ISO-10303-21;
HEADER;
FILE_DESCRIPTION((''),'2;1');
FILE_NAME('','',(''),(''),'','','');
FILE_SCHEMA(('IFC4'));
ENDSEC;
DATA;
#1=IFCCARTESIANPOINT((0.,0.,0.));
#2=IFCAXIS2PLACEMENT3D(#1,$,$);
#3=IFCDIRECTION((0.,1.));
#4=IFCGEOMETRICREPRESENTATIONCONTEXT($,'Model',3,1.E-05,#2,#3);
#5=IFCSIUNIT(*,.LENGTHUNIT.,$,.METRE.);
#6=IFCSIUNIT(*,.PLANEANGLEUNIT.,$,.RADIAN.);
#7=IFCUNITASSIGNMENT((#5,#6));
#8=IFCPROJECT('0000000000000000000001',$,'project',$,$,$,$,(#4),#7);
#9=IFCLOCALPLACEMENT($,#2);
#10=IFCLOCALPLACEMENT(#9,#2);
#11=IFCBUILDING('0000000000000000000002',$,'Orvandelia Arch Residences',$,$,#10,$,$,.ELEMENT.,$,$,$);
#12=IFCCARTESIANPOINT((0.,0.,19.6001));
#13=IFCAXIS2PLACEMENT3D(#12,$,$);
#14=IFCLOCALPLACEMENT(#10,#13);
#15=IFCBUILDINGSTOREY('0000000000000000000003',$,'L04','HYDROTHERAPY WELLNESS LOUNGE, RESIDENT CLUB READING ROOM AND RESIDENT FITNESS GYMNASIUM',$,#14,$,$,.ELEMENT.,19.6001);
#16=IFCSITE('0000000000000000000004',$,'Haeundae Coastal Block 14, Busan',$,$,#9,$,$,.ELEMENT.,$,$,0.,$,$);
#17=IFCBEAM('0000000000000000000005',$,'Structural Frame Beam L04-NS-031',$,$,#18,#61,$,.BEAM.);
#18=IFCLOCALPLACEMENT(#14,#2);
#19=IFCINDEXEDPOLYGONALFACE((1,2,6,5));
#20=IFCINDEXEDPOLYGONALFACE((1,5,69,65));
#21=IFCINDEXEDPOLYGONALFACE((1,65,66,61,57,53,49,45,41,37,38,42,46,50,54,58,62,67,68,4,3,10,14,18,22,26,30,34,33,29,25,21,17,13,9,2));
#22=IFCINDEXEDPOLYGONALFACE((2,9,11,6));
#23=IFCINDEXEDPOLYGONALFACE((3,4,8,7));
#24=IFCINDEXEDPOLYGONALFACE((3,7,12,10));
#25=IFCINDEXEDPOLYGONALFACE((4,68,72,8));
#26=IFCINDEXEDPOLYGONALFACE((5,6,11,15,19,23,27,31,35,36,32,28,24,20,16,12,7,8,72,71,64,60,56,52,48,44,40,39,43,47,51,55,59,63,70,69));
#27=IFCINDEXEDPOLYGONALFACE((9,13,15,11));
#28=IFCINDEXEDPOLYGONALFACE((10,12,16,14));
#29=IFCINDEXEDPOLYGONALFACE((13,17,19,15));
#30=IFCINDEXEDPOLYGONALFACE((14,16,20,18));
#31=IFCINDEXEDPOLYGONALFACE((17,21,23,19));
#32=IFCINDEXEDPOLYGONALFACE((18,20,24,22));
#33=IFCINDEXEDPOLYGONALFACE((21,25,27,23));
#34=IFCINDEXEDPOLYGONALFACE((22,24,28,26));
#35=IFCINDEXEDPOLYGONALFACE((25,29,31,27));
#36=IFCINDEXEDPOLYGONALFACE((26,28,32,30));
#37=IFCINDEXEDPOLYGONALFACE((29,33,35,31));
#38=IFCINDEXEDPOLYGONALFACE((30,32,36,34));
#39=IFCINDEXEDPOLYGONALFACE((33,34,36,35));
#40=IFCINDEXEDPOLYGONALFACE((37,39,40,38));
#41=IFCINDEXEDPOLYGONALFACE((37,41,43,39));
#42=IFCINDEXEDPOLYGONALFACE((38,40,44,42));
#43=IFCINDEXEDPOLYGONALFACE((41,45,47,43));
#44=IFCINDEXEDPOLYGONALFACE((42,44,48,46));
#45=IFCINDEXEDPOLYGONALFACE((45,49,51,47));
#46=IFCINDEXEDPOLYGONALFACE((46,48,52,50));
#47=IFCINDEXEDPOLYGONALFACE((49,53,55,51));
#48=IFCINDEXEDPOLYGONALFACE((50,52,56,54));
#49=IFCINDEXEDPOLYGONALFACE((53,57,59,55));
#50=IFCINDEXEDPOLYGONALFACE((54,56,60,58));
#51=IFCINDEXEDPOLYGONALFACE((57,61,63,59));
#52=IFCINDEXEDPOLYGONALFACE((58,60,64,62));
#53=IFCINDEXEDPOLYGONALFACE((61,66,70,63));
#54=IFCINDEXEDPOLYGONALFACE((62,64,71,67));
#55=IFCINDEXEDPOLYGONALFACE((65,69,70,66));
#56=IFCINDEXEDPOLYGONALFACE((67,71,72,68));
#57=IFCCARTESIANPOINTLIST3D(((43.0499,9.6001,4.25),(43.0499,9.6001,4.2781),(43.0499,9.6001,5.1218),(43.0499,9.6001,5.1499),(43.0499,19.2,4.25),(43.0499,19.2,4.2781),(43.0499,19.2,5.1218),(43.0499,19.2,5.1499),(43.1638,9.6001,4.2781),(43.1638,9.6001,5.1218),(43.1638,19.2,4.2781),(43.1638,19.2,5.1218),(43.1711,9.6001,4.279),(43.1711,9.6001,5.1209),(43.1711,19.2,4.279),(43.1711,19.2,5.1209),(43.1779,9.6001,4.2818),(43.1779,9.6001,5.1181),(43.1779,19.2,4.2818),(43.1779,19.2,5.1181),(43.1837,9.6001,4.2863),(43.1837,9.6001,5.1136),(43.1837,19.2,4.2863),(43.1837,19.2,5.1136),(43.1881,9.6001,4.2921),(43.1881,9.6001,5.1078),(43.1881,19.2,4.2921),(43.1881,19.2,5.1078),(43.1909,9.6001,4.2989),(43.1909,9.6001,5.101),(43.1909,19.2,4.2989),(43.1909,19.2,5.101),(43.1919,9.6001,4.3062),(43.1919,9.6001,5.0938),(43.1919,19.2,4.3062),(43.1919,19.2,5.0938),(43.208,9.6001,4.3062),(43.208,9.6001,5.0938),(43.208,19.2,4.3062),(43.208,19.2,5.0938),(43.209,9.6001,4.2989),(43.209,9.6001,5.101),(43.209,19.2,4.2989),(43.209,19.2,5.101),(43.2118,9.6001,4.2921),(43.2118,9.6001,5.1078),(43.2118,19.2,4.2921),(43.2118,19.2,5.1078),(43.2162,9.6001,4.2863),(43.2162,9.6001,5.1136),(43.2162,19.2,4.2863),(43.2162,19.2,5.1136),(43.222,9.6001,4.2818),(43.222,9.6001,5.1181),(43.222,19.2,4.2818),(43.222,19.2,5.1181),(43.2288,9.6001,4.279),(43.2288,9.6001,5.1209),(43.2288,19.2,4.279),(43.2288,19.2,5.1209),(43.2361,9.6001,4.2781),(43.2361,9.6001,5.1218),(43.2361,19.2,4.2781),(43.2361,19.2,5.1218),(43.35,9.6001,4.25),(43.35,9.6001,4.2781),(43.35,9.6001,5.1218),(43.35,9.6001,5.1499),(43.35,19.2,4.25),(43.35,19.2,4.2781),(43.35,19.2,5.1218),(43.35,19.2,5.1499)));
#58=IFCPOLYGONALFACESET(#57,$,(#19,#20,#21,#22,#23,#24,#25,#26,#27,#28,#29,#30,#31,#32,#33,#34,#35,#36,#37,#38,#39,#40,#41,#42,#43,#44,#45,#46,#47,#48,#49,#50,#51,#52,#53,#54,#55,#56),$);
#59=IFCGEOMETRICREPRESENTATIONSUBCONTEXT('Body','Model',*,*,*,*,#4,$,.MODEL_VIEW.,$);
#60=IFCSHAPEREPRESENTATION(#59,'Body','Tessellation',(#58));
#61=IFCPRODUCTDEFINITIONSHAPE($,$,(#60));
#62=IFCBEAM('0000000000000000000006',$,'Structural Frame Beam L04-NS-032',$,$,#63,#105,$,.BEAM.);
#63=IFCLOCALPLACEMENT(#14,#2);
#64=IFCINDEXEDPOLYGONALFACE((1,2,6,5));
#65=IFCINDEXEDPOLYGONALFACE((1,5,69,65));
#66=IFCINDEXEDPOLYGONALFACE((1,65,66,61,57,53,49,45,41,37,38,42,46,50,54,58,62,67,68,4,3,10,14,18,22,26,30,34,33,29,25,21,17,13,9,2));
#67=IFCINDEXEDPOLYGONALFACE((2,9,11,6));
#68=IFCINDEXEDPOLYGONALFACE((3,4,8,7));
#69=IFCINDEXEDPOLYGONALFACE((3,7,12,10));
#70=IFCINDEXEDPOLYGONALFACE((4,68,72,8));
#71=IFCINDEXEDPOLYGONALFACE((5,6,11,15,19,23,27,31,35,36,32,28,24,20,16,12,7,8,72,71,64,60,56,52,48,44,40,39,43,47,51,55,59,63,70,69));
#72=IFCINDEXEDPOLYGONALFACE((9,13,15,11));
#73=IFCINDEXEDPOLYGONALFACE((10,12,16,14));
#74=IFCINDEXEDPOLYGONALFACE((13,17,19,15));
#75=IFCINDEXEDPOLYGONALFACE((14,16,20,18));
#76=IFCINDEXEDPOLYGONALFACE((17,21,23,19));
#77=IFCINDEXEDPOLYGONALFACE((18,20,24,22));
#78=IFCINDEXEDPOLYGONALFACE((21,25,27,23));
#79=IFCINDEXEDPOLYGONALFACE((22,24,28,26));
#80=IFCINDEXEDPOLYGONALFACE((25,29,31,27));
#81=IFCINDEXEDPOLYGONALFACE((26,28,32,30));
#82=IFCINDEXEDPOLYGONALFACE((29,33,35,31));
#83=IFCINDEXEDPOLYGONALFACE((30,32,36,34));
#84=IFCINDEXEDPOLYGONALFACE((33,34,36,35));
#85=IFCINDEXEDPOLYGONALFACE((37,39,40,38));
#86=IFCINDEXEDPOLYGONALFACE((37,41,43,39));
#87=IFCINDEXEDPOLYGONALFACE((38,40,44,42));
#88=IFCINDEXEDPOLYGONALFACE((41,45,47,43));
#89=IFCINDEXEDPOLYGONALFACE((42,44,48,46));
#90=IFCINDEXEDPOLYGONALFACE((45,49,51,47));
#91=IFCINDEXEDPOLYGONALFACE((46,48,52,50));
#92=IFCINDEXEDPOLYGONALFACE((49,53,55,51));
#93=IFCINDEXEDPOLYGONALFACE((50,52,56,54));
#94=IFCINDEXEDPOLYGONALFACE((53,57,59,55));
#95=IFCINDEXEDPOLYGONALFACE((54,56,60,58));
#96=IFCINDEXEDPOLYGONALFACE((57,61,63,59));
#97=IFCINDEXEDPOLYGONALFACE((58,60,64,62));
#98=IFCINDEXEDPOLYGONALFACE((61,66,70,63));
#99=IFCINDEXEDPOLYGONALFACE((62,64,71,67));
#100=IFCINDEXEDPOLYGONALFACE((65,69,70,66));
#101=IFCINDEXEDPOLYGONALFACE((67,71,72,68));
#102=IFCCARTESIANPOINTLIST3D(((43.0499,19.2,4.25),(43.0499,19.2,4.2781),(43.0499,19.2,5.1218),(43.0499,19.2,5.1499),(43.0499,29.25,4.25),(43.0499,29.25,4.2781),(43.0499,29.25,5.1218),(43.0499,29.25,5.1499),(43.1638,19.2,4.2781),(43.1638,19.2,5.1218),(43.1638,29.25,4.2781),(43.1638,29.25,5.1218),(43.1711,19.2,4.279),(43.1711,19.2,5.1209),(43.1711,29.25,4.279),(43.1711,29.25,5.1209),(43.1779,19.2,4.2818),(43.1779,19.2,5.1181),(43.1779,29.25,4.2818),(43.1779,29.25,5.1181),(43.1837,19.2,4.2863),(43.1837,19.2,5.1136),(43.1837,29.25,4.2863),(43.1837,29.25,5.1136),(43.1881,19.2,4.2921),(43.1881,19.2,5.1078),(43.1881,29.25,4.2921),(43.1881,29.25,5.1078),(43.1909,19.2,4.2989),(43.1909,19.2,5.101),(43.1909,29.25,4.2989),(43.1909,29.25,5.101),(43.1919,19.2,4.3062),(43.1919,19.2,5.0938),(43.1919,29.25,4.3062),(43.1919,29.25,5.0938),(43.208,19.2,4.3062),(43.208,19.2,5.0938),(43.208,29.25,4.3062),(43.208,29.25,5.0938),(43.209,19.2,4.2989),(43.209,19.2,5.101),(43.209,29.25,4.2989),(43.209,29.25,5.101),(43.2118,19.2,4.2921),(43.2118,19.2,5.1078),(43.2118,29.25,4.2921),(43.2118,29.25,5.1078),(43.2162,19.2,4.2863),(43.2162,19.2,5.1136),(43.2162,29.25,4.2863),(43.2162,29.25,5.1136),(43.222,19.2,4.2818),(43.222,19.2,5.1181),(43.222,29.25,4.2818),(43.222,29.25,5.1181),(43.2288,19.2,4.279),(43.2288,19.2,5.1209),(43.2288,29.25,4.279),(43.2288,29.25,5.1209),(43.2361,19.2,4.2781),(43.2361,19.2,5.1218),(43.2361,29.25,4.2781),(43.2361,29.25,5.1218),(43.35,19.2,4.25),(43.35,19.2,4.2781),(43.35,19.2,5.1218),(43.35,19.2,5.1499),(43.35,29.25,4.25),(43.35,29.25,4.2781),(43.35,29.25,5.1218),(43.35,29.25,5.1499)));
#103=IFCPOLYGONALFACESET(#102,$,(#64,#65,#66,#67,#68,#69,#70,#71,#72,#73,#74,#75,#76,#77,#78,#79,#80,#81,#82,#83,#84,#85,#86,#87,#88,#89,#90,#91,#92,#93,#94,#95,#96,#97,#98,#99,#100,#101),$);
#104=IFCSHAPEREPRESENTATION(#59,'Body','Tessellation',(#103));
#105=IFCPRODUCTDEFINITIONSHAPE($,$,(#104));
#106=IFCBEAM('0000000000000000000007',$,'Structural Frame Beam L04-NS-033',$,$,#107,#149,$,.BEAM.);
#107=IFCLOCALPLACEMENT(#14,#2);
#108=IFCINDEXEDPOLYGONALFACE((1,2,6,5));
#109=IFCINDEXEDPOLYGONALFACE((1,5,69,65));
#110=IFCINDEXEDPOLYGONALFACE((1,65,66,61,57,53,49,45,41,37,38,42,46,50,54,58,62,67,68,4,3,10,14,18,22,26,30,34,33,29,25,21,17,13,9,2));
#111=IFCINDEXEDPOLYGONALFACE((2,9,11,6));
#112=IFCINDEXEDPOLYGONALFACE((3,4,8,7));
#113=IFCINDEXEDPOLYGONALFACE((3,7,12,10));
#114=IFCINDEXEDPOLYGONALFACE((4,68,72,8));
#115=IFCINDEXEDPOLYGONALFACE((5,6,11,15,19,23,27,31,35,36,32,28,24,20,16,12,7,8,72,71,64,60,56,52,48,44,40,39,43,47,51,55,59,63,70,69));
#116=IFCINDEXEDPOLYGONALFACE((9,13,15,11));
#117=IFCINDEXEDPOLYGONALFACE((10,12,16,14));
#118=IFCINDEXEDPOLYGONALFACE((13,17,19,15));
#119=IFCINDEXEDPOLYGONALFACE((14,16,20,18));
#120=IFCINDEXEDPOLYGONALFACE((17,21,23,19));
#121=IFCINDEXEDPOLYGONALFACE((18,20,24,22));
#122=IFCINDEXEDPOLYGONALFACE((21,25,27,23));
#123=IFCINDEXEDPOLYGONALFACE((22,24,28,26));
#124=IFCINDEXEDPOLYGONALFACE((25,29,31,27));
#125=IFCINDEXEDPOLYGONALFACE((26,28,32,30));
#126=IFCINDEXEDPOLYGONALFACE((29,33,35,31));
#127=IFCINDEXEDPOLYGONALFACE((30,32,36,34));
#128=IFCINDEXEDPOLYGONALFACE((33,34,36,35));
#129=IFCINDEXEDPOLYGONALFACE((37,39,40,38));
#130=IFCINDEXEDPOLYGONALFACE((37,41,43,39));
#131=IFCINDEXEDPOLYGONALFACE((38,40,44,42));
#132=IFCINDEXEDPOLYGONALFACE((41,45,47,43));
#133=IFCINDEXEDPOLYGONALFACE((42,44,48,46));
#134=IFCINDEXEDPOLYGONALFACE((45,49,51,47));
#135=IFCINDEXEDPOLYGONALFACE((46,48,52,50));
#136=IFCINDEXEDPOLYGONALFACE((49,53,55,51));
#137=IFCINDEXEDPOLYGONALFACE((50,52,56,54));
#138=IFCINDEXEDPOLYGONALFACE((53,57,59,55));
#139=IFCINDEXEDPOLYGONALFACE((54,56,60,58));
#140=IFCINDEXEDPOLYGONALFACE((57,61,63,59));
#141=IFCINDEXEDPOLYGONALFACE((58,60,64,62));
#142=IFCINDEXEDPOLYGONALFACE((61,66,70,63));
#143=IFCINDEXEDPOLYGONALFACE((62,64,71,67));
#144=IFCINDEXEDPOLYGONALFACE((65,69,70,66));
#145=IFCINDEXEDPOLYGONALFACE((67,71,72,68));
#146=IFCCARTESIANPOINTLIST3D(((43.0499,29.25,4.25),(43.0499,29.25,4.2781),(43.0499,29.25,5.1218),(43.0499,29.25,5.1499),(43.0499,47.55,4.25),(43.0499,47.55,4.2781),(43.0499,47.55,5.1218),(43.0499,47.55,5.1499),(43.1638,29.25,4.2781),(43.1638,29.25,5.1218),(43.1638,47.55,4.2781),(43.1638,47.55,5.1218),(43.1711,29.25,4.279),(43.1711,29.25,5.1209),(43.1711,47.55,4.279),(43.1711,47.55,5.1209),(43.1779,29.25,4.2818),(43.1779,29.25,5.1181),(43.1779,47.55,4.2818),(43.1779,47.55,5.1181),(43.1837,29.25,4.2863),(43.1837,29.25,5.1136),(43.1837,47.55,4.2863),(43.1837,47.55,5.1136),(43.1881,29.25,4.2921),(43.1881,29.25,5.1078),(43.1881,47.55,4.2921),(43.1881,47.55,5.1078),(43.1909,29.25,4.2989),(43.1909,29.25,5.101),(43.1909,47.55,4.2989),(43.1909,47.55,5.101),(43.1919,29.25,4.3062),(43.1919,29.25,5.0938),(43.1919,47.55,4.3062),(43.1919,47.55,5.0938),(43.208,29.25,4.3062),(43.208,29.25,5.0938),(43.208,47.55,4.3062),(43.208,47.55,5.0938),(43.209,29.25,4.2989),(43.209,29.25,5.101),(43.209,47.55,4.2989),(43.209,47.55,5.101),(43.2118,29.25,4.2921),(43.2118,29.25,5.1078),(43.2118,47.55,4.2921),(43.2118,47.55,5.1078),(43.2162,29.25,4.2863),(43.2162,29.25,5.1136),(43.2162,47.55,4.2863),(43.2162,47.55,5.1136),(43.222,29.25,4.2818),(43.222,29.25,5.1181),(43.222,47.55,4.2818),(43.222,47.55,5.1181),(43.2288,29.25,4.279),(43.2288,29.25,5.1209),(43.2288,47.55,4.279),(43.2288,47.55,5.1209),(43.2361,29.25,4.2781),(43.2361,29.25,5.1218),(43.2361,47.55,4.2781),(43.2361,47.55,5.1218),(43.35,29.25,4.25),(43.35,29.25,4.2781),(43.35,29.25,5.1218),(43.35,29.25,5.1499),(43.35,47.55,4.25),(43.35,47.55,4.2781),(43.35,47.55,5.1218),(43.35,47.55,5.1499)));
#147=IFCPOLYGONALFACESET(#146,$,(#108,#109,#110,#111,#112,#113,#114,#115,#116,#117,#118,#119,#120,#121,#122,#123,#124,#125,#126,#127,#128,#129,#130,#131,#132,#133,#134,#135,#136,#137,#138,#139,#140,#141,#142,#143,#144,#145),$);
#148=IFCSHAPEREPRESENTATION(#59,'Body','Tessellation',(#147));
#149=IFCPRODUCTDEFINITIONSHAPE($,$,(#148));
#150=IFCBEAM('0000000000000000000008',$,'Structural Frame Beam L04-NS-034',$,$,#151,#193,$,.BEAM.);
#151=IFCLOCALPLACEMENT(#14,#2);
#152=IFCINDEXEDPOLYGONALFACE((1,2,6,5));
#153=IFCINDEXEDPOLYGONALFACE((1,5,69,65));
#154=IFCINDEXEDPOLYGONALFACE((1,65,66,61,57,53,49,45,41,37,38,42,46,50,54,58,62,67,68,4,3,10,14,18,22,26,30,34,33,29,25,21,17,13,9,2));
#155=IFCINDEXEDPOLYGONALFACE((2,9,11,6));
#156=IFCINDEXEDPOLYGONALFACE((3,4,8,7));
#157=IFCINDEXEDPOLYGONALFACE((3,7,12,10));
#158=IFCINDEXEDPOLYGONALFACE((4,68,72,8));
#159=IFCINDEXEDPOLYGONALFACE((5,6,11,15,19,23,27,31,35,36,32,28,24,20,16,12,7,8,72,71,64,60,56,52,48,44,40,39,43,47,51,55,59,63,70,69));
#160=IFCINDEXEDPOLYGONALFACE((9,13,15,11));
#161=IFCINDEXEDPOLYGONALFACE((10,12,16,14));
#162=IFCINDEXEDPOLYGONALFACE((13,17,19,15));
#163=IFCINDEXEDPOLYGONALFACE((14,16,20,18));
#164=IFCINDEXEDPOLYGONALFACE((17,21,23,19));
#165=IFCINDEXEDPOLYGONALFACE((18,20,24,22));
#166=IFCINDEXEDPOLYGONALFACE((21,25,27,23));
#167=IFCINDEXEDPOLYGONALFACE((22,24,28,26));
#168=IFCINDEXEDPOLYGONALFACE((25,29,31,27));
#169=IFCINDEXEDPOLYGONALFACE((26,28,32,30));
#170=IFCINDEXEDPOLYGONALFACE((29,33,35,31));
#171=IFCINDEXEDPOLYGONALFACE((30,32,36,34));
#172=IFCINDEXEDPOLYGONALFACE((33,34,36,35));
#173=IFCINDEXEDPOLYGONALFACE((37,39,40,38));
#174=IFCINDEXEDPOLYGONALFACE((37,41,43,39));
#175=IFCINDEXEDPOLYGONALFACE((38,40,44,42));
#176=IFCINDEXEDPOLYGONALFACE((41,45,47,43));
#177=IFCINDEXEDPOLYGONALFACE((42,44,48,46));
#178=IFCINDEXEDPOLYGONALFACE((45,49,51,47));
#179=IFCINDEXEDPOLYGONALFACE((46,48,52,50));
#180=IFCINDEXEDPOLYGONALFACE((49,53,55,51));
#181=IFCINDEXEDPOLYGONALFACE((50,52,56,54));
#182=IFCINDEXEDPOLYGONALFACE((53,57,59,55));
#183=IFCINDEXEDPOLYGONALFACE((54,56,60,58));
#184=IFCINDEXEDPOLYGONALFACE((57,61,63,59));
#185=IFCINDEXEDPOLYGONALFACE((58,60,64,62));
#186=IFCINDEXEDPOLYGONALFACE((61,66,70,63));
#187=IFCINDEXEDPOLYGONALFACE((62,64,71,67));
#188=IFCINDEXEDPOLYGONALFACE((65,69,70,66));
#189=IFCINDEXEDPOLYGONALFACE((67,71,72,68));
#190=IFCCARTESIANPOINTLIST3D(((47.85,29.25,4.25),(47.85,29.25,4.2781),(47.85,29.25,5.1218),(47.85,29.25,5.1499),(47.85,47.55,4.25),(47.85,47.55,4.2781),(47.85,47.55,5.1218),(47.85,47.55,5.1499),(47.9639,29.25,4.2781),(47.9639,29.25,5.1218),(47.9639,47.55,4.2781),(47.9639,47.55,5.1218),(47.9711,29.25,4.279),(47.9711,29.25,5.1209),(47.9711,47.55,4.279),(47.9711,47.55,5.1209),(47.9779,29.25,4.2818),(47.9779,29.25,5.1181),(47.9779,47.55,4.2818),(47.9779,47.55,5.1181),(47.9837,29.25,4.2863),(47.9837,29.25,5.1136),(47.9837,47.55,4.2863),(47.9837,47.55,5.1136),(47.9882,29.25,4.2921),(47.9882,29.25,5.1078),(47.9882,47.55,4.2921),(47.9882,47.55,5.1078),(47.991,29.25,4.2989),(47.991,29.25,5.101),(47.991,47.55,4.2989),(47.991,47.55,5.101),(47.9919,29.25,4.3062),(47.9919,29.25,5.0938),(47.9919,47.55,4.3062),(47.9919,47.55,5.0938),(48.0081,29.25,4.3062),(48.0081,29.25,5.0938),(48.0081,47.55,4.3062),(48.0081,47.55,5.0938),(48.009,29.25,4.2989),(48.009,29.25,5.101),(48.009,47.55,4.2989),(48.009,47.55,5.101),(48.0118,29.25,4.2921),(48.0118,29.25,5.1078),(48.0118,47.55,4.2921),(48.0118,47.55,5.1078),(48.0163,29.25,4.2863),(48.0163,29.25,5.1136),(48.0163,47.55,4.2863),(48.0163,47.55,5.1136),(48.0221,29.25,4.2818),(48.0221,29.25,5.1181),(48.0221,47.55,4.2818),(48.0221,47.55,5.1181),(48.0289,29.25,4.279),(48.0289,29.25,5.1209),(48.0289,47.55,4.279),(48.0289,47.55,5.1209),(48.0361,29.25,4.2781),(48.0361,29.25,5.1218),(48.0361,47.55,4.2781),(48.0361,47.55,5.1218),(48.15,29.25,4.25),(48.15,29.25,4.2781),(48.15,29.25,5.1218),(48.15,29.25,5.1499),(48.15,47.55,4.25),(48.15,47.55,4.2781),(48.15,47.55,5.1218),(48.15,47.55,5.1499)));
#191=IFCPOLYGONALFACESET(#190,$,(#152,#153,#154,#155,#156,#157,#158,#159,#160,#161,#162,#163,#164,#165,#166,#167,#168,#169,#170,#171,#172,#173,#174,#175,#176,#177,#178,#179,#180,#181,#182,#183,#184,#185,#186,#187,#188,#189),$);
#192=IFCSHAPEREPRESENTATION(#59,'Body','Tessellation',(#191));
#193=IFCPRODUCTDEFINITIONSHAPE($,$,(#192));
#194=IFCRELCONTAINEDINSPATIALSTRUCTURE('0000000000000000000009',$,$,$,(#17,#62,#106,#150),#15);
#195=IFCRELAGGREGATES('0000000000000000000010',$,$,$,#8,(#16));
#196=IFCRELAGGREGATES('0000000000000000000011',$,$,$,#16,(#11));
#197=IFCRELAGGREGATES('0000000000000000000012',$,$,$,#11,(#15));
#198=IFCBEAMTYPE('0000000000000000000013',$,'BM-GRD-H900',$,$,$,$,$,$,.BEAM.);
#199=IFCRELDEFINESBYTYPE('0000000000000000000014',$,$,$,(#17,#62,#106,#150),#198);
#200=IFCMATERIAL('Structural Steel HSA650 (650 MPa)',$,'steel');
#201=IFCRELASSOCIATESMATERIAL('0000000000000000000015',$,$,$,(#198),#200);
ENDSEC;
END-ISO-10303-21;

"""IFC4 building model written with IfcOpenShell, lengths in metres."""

from ifc_helpers import new_model, si_unit, direction, frame, origin, origin_2d, place, context, subcontext, project, spatial, i_section, extrude, material, material_profile, profile_set, type_object, element, save


model = new_model("IFC4")

# Units and contexts
model_context = context("Model", 3, precision=1e-05, world=origin(), true_north=direction((0.0, 1.0)))
body_context = subcontext(model_context, "Body", "Model", "MODEL_VIEW")
ifc_project = project(units=[si_unit("LENGTHUNIT", "METRE"), si_unit("PLANEANGLEUNIT", "RADIAN")], contexts=[model_context])

# Site, building, storey
site_placement = place(None, origin())
site = spatial("IfcSite", under=ifc_project, at=site_placement, Name="Haeundae Coastal Block 14, Busan", CompositionType="ELEMENT", RefElevation=0.0)
building_placement = place(site_placement, origin())
building = spatial("IfcBuilding", under=site, at=building_placement, Name="Orvandelia Arch Residences", CompositionType="ELEMENT")
storey_placement = place(building_placement, frame((0.0, 0.0, 19.6001)))
storey = spatial("IfcBuildingStorey", under=building, at=storey_placement, Name="L04", Description="HYDROTHERAPY WELLNESS LOUNGE, RESIDENT CLUB READING ROOM AND RESIDENT FITNESS GYMNASIUM", CompositionType="ELEMENT", Elevation=19.6001)

# Shared definitions
ifc_material_1 = material(Name="Structural Steel HSA650 (650 MPa)", Category="steel")

# Beams
ifc_material_profile_1 = material_profile(ifc_material_1, i_section(OverallWidth=0.3, OverallDepth=0.8999, WebThickness=0.0161, FlangeThickness=0.0281, FilletRadius=0.0281, at=origin_2d()), Name="Structural Steel HSA650 (650 MPa)", Category="steel")
ifc_profile_set_1 = profile_set([ifc_material_profile_1], Name="Structural Steel HSA650 (650 MPa)")
beam_type = type_object("IfcBeamType", Name="BM-GRD-H900", PredefinedType="BEAM", material=ifc_profile_set_1)
beam_1_placement = place(storey_placement, frame((43.2, 9.6001, 4.7), z_axis=(0.0, 1.0, 0.0), x_axis=(-1.0, 0.0, 0.0)))
element("IfcBeam", 1, at=beam_1_placement, inside=storey, type_object=beam_type, Name="Structural Frame Beam L04-NS-031", PredefinedType="BEAM", context=body_context, shape_type="SweptSolid", body=[
    extrude(i_section(OverallWidth=0.3, OverallDepth=0.8999, WebThickness=0.0161, FlangeThickness=0.0281, FilletRadius=0.0281, at=origin_2d()), origin(), (0.0, 0.0, 1.0), 9.5999),
])
beam_2_placement = place(storey_placement, frame((43.2, 19.2, 4.7), z_axis=(0.0, 1.0, 0.0), x_axis=(-1.0, 0.0, 0.0)))
element("IfcBeam", 2, at=beam_2_placement, inside=storey, type_object=beam_type, Name="Structural Frame Beam L04-NS-032", PredefinedType="BEAM", context=body_context, shape_type="SweptSolid", body=[
    extrude(i_section(OverallWidth=0.3, OverallDepth=0.8999, WebThickness=0.0161, FlangeThickness=0.0281, FilletRadius=0.0281, at=origin_2d()), origin(), (0.0, 0.0, 1.0), 10.05),
])
for number, where, z_axis, x_axis, name in (
    (3, (43.2, 29.25, 4.7), (0.0, 1.0, 0.0), (-1.0, 0.0, 0.0), "Structural Frame Beam L04-NS-033"),
    (4, (48.0, 29.25, 4.7), (0.0, 1.0, 0.0), (-1.0, 0.0, 0.0), "Structural Frame Beam L04-NS-034"),
):
    element("IfcBeam", number, at=place(storey_placement, frame(where, z_axis=z_axis, x_axis=x_axis)), inside=storey, type_object=beam_type, Name=name, PredefinedType="BEAM", context=body_context, shape_type="SweptSolid", body=[
        extrude(i_section(OverallWidth=0.3, OverallDepth=0.8999, WebThickness=0.0161, FlangeThickness=0.0281, FilletRadius=0.0281, at=origin_2d()), origin(), (0.0, 0.0, 1.0), 18.3),
    ])

save(model, "model.ifc")
